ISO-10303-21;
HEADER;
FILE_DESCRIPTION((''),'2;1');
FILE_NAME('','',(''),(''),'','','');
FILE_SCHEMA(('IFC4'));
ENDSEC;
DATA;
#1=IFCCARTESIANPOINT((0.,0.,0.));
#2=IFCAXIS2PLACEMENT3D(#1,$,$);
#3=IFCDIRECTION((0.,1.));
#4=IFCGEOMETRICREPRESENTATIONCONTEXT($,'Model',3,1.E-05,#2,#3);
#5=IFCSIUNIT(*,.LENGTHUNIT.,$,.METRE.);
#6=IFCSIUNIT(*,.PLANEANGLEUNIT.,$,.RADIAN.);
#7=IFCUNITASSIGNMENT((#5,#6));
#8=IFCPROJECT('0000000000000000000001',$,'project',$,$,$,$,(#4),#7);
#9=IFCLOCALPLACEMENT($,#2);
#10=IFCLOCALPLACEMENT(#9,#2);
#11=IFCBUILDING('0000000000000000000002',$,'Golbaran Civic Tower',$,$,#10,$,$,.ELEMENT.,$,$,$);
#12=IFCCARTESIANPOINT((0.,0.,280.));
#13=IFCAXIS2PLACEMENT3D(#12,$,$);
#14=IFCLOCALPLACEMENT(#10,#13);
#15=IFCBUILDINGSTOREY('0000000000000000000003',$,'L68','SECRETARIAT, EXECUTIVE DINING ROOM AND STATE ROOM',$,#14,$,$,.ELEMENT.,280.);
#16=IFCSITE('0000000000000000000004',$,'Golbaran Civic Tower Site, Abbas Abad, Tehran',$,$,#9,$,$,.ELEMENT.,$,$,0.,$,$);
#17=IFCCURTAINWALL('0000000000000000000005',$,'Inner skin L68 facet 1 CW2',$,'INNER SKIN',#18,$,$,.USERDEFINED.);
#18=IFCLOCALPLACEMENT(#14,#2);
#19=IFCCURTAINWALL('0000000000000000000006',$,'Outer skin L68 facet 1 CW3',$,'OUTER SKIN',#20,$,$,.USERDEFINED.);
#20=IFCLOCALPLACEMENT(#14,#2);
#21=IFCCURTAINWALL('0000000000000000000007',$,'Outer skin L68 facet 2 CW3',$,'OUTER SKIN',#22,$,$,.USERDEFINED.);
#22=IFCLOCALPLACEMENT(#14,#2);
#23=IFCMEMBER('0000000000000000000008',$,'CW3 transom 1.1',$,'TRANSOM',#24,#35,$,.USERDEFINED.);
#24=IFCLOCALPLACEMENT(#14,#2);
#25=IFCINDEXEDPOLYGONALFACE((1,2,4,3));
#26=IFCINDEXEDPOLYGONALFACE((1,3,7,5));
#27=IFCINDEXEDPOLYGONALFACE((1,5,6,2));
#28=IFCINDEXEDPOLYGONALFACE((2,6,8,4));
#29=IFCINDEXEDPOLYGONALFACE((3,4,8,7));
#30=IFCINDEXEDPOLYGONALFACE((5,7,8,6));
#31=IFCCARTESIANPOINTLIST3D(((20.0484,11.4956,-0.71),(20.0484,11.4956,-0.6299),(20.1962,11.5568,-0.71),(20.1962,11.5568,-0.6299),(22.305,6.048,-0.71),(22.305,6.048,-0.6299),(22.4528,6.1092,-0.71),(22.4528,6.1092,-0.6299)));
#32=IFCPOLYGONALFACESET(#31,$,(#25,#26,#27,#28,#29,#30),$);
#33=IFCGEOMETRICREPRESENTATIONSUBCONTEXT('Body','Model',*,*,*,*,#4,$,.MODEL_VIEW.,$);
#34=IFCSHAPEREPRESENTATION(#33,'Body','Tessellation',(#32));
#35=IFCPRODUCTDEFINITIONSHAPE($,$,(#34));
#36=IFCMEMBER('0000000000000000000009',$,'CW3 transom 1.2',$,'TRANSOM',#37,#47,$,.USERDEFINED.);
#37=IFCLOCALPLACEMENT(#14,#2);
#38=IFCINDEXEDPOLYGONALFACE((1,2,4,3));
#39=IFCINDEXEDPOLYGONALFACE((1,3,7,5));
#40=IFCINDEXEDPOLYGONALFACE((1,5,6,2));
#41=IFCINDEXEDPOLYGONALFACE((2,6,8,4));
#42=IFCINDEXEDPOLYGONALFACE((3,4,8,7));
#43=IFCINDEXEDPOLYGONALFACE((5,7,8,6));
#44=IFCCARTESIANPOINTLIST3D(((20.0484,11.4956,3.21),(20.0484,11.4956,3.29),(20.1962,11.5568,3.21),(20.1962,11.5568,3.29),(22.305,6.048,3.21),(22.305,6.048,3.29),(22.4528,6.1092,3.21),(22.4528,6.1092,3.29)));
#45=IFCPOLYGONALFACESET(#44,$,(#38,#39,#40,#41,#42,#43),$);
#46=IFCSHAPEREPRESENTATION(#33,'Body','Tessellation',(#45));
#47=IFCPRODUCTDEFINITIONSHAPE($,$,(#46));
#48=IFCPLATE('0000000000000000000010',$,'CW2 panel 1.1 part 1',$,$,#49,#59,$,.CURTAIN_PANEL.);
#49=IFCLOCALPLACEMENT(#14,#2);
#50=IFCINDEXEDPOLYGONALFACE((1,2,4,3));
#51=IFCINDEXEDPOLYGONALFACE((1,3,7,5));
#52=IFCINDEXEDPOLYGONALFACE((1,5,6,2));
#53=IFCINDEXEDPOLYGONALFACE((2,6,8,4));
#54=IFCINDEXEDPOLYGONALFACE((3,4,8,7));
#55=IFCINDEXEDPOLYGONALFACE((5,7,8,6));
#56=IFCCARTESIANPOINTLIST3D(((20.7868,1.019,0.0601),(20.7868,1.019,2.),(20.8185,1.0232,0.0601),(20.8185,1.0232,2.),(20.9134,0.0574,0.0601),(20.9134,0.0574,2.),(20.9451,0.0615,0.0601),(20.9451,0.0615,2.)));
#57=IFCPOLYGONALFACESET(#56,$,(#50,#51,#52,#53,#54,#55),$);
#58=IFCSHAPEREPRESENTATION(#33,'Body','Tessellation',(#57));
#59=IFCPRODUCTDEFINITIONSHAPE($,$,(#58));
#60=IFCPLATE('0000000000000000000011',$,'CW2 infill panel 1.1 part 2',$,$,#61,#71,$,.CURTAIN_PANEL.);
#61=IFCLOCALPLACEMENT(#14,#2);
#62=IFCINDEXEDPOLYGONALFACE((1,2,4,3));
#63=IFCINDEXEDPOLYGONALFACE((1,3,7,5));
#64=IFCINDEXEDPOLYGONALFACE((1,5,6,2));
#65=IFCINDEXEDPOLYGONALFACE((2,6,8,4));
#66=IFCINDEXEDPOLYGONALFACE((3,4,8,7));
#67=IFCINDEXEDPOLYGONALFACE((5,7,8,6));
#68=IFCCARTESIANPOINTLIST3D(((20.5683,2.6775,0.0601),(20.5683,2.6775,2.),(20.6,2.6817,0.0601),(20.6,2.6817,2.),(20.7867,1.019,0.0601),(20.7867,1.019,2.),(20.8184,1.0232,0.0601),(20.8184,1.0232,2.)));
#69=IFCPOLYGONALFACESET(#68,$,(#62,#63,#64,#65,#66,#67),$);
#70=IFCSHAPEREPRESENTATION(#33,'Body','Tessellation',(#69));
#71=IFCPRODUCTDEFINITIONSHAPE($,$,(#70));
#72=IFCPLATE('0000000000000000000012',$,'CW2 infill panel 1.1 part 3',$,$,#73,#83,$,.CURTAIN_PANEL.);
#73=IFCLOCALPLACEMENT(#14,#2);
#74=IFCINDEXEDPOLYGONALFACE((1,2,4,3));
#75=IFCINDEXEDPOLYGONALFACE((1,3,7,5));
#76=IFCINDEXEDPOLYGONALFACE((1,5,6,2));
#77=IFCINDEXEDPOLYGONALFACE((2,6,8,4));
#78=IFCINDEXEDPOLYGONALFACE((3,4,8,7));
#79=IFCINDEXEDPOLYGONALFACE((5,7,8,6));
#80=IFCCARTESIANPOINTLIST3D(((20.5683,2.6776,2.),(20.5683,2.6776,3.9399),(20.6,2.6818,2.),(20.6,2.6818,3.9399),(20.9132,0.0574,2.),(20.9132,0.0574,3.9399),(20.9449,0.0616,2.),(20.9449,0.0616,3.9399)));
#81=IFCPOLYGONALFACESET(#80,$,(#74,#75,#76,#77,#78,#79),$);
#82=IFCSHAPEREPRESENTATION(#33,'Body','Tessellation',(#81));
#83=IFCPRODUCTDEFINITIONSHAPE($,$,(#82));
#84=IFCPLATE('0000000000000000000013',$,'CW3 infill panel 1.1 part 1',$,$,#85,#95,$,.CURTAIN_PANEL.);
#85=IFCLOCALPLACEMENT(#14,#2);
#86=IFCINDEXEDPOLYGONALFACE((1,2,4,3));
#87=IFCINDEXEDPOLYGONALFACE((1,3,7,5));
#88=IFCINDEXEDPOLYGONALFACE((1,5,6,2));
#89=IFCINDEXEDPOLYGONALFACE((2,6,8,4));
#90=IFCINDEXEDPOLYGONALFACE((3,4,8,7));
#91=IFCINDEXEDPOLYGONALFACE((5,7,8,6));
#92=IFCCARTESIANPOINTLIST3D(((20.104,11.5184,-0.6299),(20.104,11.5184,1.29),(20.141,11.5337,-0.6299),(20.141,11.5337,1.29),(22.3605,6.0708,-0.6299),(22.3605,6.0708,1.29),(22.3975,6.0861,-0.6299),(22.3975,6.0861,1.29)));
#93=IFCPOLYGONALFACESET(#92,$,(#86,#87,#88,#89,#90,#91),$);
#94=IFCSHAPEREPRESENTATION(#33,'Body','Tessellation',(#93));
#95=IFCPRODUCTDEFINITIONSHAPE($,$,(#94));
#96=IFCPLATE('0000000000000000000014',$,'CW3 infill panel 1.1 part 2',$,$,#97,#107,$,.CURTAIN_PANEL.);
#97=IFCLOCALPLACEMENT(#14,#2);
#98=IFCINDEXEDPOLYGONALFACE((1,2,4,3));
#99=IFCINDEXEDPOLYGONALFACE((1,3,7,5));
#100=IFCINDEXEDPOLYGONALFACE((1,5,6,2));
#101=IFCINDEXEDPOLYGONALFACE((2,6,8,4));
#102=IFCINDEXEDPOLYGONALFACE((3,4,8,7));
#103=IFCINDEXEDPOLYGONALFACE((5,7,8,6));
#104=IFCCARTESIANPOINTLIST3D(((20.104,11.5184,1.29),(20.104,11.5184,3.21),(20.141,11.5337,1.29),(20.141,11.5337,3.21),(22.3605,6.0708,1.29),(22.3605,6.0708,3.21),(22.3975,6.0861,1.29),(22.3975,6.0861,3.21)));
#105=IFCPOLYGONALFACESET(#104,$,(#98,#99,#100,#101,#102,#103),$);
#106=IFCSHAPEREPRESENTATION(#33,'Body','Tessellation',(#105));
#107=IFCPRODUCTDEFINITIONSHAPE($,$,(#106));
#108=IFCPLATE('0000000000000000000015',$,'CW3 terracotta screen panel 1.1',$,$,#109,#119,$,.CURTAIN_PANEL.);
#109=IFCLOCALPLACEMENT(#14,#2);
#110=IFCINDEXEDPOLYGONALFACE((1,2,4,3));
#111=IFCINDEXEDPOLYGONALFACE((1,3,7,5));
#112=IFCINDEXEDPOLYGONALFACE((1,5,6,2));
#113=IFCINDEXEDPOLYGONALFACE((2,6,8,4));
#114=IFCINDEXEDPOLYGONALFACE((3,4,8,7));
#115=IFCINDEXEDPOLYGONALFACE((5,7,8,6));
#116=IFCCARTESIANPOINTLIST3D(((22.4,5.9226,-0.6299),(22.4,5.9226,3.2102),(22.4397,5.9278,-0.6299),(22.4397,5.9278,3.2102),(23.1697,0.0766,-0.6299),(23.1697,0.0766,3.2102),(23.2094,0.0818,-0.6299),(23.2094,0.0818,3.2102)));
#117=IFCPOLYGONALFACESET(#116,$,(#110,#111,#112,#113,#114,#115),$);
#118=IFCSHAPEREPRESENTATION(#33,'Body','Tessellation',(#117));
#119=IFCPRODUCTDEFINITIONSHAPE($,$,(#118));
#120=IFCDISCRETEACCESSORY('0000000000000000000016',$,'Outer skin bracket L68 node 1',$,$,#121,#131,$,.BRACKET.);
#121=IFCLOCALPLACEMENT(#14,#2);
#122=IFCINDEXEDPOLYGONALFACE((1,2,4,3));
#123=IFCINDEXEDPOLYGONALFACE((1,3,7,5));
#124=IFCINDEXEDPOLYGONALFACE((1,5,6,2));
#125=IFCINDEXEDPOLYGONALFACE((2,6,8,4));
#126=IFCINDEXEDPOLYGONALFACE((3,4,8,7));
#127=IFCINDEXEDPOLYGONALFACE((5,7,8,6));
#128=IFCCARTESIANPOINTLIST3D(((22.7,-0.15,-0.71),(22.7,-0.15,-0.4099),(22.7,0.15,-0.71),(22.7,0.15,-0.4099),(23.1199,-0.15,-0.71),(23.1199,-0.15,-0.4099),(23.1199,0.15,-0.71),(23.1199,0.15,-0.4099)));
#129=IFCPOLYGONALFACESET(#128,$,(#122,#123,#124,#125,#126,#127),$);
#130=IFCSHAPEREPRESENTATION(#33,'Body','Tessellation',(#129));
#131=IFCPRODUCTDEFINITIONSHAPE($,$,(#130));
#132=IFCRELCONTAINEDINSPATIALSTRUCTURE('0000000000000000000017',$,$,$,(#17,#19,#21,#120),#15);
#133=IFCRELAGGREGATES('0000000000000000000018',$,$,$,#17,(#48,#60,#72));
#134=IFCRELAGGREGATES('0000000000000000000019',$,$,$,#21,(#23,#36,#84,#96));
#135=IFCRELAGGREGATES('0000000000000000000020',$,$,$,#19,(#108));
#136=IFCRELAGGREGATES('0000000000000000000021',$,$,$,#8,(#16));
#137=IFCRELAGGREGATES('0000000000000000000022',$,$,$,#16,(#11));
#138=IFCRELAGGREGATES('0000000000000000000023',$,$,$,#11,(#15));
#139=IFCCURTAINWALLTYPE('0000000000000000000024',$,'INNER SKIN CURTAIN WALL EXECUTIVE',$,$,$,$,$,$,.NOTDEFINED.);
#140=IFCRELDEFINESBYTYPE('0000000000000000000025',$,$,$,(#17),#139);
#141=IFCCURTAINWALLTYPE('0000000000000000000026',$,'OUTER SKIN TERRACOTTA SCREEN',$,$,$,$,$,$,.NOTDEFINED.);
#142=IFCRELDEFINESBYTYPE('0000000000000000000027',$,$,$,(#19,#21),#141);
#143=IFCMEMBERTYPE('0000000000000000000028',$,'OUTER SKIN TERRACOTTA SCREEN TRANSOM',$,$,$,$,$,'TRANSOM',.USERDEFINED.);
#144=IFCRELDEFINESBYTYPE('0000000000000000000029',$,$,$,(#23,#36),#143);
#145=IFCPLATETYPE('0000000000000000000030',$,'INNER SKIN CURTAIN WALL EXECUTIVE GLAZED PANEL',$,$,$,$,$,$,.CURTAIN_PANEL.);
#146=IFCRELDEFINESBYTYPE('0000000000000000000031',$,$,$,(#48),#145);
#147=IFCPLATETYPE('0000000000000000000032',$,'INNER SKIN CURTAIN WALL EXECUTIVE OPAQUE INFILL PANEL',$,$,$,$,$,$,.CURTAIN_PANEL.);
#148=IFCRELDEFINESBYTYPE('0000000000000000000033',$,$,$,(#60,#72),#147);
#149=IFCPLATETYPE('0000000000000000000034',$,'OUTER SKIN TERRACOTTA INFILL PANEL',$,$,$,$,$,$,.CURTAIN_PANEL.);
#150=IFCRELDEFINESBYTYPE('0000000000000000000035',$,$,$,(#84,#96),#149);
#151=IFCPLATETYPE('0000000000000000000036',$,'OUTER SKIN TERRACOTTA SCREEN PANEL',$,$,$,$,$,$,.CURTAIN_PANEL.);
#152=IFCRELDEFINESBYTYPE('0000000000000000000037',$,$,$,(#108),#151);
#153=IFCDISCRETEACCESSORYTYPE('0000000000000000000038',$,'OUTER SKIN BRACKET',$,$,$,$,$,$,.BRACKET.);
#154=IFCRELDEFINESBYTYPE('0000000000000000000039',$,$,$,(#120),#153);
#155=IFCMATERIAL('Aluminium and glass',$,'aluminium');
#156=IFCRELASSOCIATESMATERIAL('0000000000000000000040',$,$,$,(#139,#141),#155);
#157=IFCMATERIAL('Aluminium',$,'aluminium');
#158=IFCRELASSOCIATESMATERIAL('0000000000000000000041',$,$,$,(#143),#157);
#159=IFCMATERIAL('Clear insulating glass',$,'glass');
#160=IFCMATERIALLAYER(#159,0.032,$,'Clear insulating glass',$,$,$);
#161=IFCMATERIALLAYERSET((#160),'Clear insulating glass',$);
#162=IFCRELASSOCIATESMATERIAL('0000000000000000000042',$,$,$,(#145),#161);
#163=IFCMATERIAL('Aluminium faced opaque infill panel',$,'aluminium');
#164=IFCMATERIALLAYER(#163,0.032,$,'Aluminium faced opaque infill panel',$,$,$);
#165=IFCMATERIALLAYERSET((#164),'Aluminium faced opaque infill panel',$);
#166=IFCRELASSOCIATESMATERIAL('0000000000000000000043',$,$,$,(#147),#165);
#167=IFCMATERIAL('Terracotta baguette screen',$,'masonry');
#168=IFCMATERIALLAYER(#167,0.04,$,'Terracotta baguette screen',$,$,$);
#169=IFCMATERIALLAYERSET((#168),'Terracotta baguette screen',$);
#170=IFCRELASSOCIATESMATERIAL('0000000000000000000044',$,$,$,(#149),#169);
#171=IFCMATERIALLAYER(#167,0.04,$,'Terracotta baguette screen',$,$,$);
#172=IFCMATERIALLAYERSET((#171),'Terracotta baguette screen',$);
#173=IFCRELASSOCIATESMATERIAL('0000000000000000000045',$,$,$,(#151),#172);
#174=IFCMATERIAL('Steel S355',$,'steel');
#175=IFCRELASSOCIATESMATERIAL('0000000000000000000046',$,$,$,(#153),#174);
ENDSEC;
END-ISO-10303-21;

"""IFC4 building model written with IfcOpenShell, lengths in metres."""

from ifc_helpers import new_model, si_unit, direction, frame, origin, origin_2d, place, context, subcontext, project, spatial, rectangle, extrude, material, layer, layer_set, material_profile, profile_set, type_object, element, aggregate, save


model = new_model("IFC4")

# Units and contexts
model_context = context("Model", 3, precision=1e-05, world=origin(), true_north=direction((0.0, 1.0)))
body_context = subcontext(model_context, "Body", "Model", "MODEL_VIEW")
ifc_project = project(units=[si_unit("LENGTHUNIT", "METRE"), si_unit("PLANEANGLEUNIT", "RADIAN")], contexts=[model_context])

# Site, building, storey
site_placement = place(None, origin())
site = spatial("IfcSite", under=ifc_project, at=site_placement, Name="Golbaran Civic Tower Site, Abbas Abad, Tehran", CompositionType="ELEMENT", RefElevation=0.0)
building_placement = place(site_placement, origin())
building = spatial("IfcBuilding", under=site, at=building_placement, Name="Golbaran Civic Tower", CompositionType="ELEMENT")
storey_placement = place(building_placement, frame((0.0, 0.0, 280.0)))
storey = spatial("IfcBuildingStorey", under=building, at=storey_placement, Name="L68", Description="SECRETARIAT, EXECUTIVE DINING ROOM AND STATE ROOM", CompositionType="ELEMENT", Elevation=280.0)

# Shared definitions
ifc_material_1 = material(Name="Steel S355", Category="steel")

# Curtain walls
ifc_material_2 = material(Name="Aluminium and glass", Category="aluminium")
curtain_wall_type_1 = type_object("IfcCurtainWallType", Name="INNER SKIN CURTAIN WALL EXECUTIVE", PredefinedType="NOTDEFINED", material=ifc_material_2)
curtain_wall_1_placement = place(storey_placement, origin())
curtain_wall_1 = element("IfcCurtainWall", 1, at=curtain_wall_1_placement, inside=storey, type_object=curtain_wall_type_1, Name="Inner skin L68 facet 1 CW2", ObjectType="INNER SKIN", PredefinedType="USERDEFINED")
ifc_material_3 = material(Name="Aluminium", Category="aluminium")
curtain_wall_type_2 = type_object("IfcCurtainWallType", Name="OUTER SKIN TERRACOTTA SCREEN", PredefinedType="NOTDEFINED", material=ifc_material_2)
curtain_wall_2_placement = place(storey_placement, origin())
curtain_wall_2 = element("IfcCurtainWall", 2, at=curtain_wall_2_placement, inside=storey, type_object=curtain_wall_type_2, Name="Outer skin L68 facet 1 CW3", ObjectType="OUTER SKIN", PredefinedType="USERDEFINED")

# Curtain wall
curtain_wall_3_placement = place(storey_placement, origin())
curtain_wall_3 = element("IfcCurtainWall", 3, at=curtain_wall_3_placement, inside=storey, type_object=curtain_wall_type_2, Name="Outer skin L68 facet 2 CW3", ObjectType="OUTER SKIN", PredefinedType="USERDEFINED")

# Members
ifc_material_profile_1 = material_profile(ifc_material_3, rectangle(XDim=0.1599, YDim=0.0801, at=origin_2d()), Name="OUTER SKIN TERRACOTTA SCREEN TRANSOM")
ifc_profile_set_1 = profile_set([ifc_material_profile_1], Name="Aluminium")
member_type_1 = type_object("IfcMemberType", Name="OUTER SKIN TERRACOTTA SCREEN TRANSOM", ElementType="TRANSOM", PredefinedType="USERDEFINED", material=ifc_profile_set_1)
member_1_placement = place(storey_placement, frame((22.3789, 6.0786, -0.6699), z_axis=(-0.382707, 0.92387, 0.0), x_axis=(-0.92387, -0.382707, 0.0)))
member_1 = element("IfcMember", 4, at=member_1_placement, type_object=member_type_1, Name="CW3 transom 1.1", ObjectType="TRANSOM", PredefinedType="USERDEFINED", context=body_context, shape_type="SweptSolid", body=[
    extrude(rectangle(XDim=0.1599, YDim=0.0801, at=origin_2d()), origin(), (0.0, 0.0, 1.0), 5.8965),
])
member_2_placement = place(storey_placement, frame((22.3789, 6.0786, 3.25), z_axis=(-0.382707, 0.92387, 0.0), x_axis=(-0.92387, -0.382707, 0.0)))
member_2 = element("IfcMember", 5, at=member_2_placement, type_object=member_type_1, Name="CW3 transom 1.2", ObjectType="TRANSOM", PredefinedType="USERDEFINED", context=body_context, shape_type="SweptSolid", body=[
    extrude(rectangle(XDim=0.1599, YDim=0.0801, at=origin_2d()), origin(), (0.0, 0.0, 1.0), 5.8965),
])

# Plates
ifc_material_4 = material(Name="Clear insulating glass", Category="glass")
ifc_layer_1 = layer(ifc_material_4, 0.032, Name="Clear insulating glass")
ifc_layer_set_1 = layer_set([ifc_layer_1], Name="Clear insulating glass")
plate_type_1 = type_object("IfcPlateType", Name="INNER SKIN CURTAIN WALL EXECUTIVE GLAZED PANEL", PredefinedType="CURTAIN_PANEL", material=ifc_layer_set_1)
plate_1_placement = place(storey_placement, frame((20.866, 0.5403, 0.0601), z_axis=(0.0, 0.0, 1.0), x_axis=(-0.130526, 0.991445, 0.0)))
plate_1 = element("IfcPlate", 6, at=plate_1_placement, type_object=plate_type_1, Name="CW2 panel 1.1 part 1", PredefinedType="CURTAIN_PANEL", context=body_context, shape_type="SweptSolid", body=[
    extrude(rectangle(XDim=0.97, YDim=0.032, at=origin_2d()), origin(), (0.0, 0.0, 1.0), 1.9399),
])
ifc_material_5 = material(Name="Aluminium faced opaque infill panel", Category="aluminium")
ifc_layer_2 = layer(ifc_material_5, 0.032, Name="Aluminium faced opaque infill panel")
ifc_layer_set_2 = layer_set([ifc_layer_2], Name="Aluminium faced opaque infill panel")
plate_type_2 = type_object("IfcPlateType", Name="INNER SKIN CURTAIN WALL EXECUTIVE OPAQUE INFILL PANEL", PredefinedType="CURTAIN_PANEL", material=ifc_layer_set_2)
plate_2_placement = place(storey_placement, frame((20.6934, 1.8503, 0.0601), z_axis=(0.0, 0.0, 1.0), x_axis=(-0.130526, 0.991445, 0.0)))
plate_2 = element("IfcPlate", 7, at=plate_2_placement, type_object=plate_type_2, Name="CW2 infill panel 1.1 part 2", PredefinedType="CURTAIN_PANEL", context=body_context, shape_type="SweptSolid", body=[
    extrude(rectangle(XDim=1.6729, YDim=0.032, at=origin_2d()), origin(), (0.0, 0.0, 1.0), 1.9399),
])
plate_3_placement = place(storey_placement, frame((20.7566, 1.3696, 2.0), z_axis=(0.0, 0.0, 1.0), x_axis=(-0.130526, 0.991445, 0.0)))
plate_3 = element("IfcPlate", 8, at=plate_3_placement, type_object=plate_type_2, Name="CW2 infill panel 1.1 part 3", PredefinedType="CURTAIN_PANEL", context=body_context, shape_type="SweptSolid", body=[
    extrude(rectangle(XDim=2.6428, YDim=0.032, at=origin_2d()), origin(), (0.0, 0.0, 1.0), 1.9399),
])
aggregate(curtain_wall_1, [plate_1, plate_2, plate_3])
ifc_material_6 = material(Name="Terracotta baguette screen", Category="masonry")
ifc_layer_3 = layer(ifc_material_6, 0.04, Name="Terracotta baguette screen")
ifc_layer_set_3 = layer_set([ifc_layer_3], Name="Terracotta baguette screen")
plate_type_3 = type_object("IfcPlateType", Name="OUTER SKIN TERRACOTTA INFILL PANEL", PredefinedType="CURTAIN_PANEL", material=ifc_layer_set_3)
plate_4_placement = place(storey_placement, frame((21.2507, 8.8022, -0.6299), z_axis=(0.0, 0.0, 1.0), x_axis=(-0.382683, 0.92388, 0.0)))
plate_4 = element("IfcPlate", 9, at=plate_4_placement, type_object=plate_type_3, Name="CW3 infill panel 1.1 part 1", PredefinedType="CURTAIN_PANEL", context=body_context, shape_type="SweptSolid", body=[
    extrude(rectangle(XDim=5.8965, YDim=0.04, at=origin_2d()), origin(), (0.0, 0.0, 1.0), 1.9199),
])
plate_5_placement = place(storey_placement, frame((21.2507, 8.8022, 1.29), z_axis=(0.0, 0.0, 1.0), x_axis=(-0.382683, 0.92388, 0.0)))
plate_5 = element("IfcPlate", 10, at=plate_5_placement, type_object=plate_type_3, Name="CW3 infill panel 1.1 part 2", PredefinedType="CURTAIN_PANEL", context=body_context, shape_type="SweptSolid", body=[
    extrude(rectangle(XDim=5.8965, YDim=0.04, at=origin_2d()), origin(), (0.0, 0.0, 1.0), 1.9199),
])
aggregate(curtain_wall_3, [member_1, member_2, plate_4, plate_5])
ifc_layer_4 = layer(ifc_material_6, 0.04, Name="Terracotta baguette screen")
ifc_layer_set_4 = layer_set([ifc_layer_4], Name="Terracotta baguette screen")
plate_type_4 = type_object("IfcPlateType", Name="OUTER SKIN TERRACOTTA SCREEN PANEL", PredefinedType="CURTAIN_PANEL", material=ifc_layer_set_4)
plate_6_placement = place(storey_placement, frame((22.8047, 3.0022, -0.6299), z_axis=(0.0, 0.0, 1.0), x_axis=(-0.130526, 0.991445, 0.0)))
plate_6 = element("IfcPlate", 11, at=plate_6_placement, type_object=plate_type_4, Name="CW3 terracotta screen panel 1.1", PredefinedType="CURTAIN_PANEL", context=body_context, shape_type="SweptSolid", body=[
    extrude(rectangle(XDim=5.8965, YDim=0.04, at=origin_2d()), origin(), (0.0, 0.0, 1.0), 3.8401),
])
aggregate(curtain_wall_2, [plate_6])

# Discrete accessory
discrete_accessory_type = type_object("IfcDiscreteAccessoryType", Name="OUTER SKIN BRACKET", PredefinedType="BRACKET", material=ifc_material_1)
discrete_accessory_placement = place(storey_placement, frame((22.9099, 0.0, -0.71), z_axis=(0.0, 0.0, 1.0), x_axis=(1.0, 0.0, 0.0)))
element("IfcDiscreteAccessory", 12, at=discrete_accessory_placement, inside=storey, type_object=discrete_accessory_type, Name="Outer skin bracket L68 node 1", PredefinedType="BRACKET", context=body_context, shape_type="SweptSolid", body=[
    extrude(rectangle(XDim=0.4199, YDim=0.3, at=origin_2d()), origin(), (0.0, 0.0, 1.0), 0.3),
])

save(model, "model.ifc")
